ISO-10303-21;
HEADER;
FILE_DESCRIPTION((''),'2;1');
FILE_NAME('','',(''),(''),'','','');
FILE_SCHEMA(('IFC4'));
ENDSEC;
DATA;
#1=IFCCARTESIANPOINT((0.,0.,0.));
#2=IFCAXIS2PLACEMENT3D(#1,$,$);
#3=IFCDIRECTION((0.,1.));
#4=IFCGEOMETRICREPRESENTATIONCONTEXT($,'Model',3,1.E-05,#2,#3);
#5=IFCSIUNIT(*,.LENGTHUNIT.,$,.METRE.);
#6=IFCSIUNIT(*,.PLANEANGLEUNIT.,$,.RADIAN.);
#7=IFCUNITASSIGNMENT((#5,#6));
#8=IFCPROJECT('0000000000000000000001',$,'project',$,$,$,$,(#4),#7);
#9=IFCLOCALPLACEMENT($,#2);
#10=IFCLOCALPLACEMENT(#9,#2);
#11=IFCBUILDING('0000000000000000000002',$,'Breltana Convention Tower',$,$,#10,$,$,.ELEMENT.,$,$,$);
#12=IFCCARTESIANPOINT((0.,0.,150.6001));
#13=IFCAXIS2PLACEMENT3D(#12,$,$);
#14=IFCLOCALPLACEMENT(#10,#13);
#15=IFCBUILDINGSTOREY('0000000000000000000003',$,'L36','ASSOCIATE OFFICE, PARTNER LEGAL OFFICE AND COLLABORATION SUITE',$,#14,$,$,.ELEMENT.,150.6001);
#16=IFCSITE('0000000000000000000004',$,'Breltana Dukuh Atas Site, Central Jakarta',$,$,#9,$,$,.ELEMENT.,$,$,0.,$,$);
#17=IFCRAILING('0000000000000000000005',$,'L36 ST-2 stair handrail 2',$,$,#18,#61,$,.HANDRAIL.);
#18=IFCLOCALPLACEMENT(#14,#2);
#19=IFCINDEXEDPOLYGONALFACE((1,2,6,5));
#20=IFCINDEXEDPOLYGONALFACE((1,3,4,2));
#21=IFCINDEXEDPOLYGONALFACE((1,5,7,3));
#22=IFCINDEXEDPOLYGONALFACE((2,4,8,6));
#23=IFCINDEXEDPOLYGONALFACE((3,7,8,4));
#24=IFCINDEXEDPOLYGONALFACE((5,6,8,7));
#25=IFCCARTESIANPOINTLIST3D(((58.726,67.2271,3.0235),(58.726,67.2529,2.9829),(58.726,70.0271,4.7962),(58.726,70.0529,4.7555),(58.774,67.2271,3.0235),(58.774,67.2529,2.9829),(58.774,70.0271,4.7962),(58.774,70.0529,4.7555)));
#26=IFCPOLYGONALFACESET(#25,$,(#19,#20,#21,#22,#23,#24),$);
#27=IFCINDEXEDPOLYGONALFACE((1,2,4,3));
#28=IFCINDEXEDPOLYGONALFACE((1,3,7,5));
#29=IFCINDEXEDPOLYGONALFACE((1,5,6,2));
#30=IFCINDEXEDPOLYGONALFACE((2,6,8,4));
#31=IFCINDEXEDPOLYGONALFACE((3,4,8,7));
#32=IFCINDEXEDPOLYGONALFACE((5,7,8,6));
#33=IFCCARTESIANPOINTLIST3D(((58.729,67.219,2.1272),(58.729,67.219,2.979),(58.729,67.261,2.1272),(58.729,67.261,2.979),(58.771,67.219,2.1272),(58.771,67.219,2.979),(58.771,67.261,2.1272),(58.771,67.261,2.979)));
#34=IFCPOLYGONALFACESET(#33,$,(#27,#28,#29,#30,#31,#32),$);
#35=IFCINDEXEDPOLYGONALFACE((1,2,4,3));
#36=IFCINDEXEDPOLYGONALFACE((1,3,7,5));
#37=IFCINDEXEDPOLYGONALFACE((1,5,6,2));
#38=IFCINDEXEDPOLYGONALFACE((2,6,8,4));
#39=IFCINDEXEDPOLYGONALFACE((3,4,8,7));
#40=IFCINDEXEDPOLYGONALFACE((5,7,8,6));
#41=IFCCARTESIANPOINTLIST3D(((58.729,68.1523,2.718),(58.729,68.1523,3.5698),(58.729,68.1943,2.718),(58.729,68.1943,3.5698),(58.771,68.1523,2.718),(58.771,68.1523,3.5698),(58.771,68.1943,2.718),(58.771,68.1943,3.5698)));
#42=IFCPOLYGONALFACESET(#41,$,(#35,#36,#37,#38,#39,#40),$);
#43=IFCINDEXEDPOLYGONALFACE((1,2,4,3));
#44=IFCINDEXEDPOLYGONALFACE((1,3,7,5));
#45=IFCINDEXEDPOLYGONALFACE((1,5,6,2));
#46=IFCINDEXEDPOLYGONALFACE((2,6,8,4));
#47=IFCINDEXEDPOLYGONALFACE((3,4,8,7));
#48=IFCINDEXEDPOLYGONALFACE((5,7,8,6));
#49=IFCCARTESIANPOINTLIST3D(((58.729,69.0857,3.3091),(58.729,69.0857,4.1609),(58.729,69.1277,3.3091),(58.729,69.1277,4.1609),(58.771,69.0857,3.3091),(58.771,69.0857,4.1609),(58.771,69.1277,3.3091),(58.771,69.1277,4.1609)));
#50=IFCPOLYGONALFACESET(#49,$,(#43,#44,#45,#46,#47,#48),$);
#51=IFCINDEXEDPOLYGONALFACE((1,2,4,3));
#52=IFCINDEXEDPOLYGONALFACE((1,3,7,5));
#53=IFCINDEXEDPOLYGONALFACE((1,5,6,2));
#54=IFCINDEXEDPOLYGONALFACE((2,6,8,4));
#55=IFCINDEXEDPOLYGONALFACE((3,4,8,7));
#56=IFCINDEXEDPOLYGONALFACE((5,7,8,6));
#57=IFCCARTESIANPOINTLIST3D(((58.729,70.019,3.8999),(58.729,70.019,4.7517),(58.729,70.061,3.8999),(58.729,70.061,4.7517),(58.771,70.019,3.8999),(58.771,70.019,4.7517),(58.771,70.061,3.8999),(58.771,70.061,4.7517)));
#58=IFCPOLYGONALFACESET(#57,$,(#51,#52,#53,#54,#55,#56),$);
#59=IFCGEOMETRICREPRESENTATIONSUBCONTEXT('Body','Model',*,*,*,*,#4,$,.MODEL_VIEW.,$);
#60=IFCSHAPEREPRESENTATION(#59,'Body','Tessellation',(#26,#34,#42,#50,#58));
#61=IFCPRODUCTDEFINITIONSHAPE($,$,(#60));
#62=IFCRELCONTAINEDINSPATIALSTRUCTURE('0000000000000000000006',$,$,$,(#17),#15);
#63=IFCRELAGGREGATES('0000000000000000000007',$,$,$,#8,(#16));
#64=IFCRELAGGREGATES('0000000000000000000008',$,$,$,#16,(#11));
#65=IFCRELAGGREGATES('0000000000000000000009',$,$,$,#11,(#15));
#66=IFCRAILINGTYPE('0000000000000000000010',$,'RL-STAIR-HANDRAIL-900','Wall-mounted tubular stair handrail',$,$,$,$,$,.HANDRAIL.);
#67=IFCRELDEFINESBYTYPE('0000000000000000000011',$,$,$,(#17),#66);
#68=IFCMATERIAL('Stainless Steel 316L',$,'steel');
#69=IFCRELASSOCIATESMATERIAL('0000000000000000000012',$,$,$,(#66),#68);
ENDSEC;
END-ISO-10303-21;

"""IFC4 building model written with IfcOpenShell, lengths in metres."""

from ifc_helpers import new_model, si_unit, direction, frame, origin, origin_2d, place, context, subcontext, project, spatial, rectangle, extrude, material, type_object, element, save


model = new_model("IFC4")

# Units and contexts
model_context = context("Model", 3, precision=1e-05, world=origin(), true_north=direction((0.0, 1.0)))
body_context = subcontext(model_context, "Body", "Model", "MODEL_VIEW")
ifc_project = project(units=[si_unit("LENGTHUNIT", "METRE"), si_unit("PLANEANGLEUNIT", "RADIAN")], contexts=[model_context])

# Site, building, storey
site_placement = place(None, origin())
site = spatial("IfcSite", under=ifc_project, at=site_placement, Name="Breltana Dukuh Atas Site, Central Jakarta", CompositionType="ELEMENT", RefElevation=0.0)
building_placement = place(site_placement, origin())
building = spatial("IfcBuilding", under=site, at=building_placement, Name="Breltana Convention Tower", CompositionType="ELEMENT")
storey_placement = place(building_placement, frame((0.0, 0.0, 150.6001)))
storey = spatial("IfcBuildingStorey", under=building, at=storey_placement, Name="L36", Description="ASSOCIATE OFFICE, PARTNER LEGAL OFFICE AND COLLABORATION SUITE", CompositionType="ELEMENT", Elevation=150.6001)

# Railing
ifc_material_1 = material(Name="Stainless Steel 316L", Category="steel")
railing_type_1 = type_object("IfcRailingType", Name="RL-STAIR-HANDRAIL-900", Description="Wall-mounted tubular stair handrail", PredefinedType="HANDRAIL", material=ifc_material_1)
railing_1_placement = place(storey_placement, frame((58.75, 67.24, 2.1272)))
element("IfcRailing", 1, at=railing_1_placement, inside=storey, type_object=railing_type_1, Name="L36 ST-2 stair handrail 2", PredefinedType="HANDRAIL", context=body_context, shape_type="SweptSolid", body=[
    extrude(rectangle(XDim=0.0481, YDim=0.0481, at=origin_2d()), frame((0.0, 0.0, 0.876), z_axis=(0.0, 0.844909, 0.53491), x_axis=(-1.0, 0.0, 0.0)), (0.0, 0.0, 1.0), 3.314),
    extrude(rectangle(XDim=0.042, YDim=0.042, at=origin_2d()), origin(), (0.0, 0.0, 1.0), 0.8518),
    extrude(rectangle(XDim=0.042, YDim=0.042, at=origin_2d()), frame((0.0, 0.9333, 0.5908)), (0.0, 0.0, 1.0), 0.8518),
    extrude(rectangle(XDim=0.042, YDim=0.042, at=origin_2d()), frame((0.0, 1.8667, 1.1819)), (0.0, 0.0, 1.0), 0.8518),
    extrude(rectangle(XDim=0.042, YDim=0.042, at=origin_2d()), frame((0.0, 2.8, 1.7727)), (0.0, 0.0, 1.0), 0.8518),
])

save(model, "model.ifc")
